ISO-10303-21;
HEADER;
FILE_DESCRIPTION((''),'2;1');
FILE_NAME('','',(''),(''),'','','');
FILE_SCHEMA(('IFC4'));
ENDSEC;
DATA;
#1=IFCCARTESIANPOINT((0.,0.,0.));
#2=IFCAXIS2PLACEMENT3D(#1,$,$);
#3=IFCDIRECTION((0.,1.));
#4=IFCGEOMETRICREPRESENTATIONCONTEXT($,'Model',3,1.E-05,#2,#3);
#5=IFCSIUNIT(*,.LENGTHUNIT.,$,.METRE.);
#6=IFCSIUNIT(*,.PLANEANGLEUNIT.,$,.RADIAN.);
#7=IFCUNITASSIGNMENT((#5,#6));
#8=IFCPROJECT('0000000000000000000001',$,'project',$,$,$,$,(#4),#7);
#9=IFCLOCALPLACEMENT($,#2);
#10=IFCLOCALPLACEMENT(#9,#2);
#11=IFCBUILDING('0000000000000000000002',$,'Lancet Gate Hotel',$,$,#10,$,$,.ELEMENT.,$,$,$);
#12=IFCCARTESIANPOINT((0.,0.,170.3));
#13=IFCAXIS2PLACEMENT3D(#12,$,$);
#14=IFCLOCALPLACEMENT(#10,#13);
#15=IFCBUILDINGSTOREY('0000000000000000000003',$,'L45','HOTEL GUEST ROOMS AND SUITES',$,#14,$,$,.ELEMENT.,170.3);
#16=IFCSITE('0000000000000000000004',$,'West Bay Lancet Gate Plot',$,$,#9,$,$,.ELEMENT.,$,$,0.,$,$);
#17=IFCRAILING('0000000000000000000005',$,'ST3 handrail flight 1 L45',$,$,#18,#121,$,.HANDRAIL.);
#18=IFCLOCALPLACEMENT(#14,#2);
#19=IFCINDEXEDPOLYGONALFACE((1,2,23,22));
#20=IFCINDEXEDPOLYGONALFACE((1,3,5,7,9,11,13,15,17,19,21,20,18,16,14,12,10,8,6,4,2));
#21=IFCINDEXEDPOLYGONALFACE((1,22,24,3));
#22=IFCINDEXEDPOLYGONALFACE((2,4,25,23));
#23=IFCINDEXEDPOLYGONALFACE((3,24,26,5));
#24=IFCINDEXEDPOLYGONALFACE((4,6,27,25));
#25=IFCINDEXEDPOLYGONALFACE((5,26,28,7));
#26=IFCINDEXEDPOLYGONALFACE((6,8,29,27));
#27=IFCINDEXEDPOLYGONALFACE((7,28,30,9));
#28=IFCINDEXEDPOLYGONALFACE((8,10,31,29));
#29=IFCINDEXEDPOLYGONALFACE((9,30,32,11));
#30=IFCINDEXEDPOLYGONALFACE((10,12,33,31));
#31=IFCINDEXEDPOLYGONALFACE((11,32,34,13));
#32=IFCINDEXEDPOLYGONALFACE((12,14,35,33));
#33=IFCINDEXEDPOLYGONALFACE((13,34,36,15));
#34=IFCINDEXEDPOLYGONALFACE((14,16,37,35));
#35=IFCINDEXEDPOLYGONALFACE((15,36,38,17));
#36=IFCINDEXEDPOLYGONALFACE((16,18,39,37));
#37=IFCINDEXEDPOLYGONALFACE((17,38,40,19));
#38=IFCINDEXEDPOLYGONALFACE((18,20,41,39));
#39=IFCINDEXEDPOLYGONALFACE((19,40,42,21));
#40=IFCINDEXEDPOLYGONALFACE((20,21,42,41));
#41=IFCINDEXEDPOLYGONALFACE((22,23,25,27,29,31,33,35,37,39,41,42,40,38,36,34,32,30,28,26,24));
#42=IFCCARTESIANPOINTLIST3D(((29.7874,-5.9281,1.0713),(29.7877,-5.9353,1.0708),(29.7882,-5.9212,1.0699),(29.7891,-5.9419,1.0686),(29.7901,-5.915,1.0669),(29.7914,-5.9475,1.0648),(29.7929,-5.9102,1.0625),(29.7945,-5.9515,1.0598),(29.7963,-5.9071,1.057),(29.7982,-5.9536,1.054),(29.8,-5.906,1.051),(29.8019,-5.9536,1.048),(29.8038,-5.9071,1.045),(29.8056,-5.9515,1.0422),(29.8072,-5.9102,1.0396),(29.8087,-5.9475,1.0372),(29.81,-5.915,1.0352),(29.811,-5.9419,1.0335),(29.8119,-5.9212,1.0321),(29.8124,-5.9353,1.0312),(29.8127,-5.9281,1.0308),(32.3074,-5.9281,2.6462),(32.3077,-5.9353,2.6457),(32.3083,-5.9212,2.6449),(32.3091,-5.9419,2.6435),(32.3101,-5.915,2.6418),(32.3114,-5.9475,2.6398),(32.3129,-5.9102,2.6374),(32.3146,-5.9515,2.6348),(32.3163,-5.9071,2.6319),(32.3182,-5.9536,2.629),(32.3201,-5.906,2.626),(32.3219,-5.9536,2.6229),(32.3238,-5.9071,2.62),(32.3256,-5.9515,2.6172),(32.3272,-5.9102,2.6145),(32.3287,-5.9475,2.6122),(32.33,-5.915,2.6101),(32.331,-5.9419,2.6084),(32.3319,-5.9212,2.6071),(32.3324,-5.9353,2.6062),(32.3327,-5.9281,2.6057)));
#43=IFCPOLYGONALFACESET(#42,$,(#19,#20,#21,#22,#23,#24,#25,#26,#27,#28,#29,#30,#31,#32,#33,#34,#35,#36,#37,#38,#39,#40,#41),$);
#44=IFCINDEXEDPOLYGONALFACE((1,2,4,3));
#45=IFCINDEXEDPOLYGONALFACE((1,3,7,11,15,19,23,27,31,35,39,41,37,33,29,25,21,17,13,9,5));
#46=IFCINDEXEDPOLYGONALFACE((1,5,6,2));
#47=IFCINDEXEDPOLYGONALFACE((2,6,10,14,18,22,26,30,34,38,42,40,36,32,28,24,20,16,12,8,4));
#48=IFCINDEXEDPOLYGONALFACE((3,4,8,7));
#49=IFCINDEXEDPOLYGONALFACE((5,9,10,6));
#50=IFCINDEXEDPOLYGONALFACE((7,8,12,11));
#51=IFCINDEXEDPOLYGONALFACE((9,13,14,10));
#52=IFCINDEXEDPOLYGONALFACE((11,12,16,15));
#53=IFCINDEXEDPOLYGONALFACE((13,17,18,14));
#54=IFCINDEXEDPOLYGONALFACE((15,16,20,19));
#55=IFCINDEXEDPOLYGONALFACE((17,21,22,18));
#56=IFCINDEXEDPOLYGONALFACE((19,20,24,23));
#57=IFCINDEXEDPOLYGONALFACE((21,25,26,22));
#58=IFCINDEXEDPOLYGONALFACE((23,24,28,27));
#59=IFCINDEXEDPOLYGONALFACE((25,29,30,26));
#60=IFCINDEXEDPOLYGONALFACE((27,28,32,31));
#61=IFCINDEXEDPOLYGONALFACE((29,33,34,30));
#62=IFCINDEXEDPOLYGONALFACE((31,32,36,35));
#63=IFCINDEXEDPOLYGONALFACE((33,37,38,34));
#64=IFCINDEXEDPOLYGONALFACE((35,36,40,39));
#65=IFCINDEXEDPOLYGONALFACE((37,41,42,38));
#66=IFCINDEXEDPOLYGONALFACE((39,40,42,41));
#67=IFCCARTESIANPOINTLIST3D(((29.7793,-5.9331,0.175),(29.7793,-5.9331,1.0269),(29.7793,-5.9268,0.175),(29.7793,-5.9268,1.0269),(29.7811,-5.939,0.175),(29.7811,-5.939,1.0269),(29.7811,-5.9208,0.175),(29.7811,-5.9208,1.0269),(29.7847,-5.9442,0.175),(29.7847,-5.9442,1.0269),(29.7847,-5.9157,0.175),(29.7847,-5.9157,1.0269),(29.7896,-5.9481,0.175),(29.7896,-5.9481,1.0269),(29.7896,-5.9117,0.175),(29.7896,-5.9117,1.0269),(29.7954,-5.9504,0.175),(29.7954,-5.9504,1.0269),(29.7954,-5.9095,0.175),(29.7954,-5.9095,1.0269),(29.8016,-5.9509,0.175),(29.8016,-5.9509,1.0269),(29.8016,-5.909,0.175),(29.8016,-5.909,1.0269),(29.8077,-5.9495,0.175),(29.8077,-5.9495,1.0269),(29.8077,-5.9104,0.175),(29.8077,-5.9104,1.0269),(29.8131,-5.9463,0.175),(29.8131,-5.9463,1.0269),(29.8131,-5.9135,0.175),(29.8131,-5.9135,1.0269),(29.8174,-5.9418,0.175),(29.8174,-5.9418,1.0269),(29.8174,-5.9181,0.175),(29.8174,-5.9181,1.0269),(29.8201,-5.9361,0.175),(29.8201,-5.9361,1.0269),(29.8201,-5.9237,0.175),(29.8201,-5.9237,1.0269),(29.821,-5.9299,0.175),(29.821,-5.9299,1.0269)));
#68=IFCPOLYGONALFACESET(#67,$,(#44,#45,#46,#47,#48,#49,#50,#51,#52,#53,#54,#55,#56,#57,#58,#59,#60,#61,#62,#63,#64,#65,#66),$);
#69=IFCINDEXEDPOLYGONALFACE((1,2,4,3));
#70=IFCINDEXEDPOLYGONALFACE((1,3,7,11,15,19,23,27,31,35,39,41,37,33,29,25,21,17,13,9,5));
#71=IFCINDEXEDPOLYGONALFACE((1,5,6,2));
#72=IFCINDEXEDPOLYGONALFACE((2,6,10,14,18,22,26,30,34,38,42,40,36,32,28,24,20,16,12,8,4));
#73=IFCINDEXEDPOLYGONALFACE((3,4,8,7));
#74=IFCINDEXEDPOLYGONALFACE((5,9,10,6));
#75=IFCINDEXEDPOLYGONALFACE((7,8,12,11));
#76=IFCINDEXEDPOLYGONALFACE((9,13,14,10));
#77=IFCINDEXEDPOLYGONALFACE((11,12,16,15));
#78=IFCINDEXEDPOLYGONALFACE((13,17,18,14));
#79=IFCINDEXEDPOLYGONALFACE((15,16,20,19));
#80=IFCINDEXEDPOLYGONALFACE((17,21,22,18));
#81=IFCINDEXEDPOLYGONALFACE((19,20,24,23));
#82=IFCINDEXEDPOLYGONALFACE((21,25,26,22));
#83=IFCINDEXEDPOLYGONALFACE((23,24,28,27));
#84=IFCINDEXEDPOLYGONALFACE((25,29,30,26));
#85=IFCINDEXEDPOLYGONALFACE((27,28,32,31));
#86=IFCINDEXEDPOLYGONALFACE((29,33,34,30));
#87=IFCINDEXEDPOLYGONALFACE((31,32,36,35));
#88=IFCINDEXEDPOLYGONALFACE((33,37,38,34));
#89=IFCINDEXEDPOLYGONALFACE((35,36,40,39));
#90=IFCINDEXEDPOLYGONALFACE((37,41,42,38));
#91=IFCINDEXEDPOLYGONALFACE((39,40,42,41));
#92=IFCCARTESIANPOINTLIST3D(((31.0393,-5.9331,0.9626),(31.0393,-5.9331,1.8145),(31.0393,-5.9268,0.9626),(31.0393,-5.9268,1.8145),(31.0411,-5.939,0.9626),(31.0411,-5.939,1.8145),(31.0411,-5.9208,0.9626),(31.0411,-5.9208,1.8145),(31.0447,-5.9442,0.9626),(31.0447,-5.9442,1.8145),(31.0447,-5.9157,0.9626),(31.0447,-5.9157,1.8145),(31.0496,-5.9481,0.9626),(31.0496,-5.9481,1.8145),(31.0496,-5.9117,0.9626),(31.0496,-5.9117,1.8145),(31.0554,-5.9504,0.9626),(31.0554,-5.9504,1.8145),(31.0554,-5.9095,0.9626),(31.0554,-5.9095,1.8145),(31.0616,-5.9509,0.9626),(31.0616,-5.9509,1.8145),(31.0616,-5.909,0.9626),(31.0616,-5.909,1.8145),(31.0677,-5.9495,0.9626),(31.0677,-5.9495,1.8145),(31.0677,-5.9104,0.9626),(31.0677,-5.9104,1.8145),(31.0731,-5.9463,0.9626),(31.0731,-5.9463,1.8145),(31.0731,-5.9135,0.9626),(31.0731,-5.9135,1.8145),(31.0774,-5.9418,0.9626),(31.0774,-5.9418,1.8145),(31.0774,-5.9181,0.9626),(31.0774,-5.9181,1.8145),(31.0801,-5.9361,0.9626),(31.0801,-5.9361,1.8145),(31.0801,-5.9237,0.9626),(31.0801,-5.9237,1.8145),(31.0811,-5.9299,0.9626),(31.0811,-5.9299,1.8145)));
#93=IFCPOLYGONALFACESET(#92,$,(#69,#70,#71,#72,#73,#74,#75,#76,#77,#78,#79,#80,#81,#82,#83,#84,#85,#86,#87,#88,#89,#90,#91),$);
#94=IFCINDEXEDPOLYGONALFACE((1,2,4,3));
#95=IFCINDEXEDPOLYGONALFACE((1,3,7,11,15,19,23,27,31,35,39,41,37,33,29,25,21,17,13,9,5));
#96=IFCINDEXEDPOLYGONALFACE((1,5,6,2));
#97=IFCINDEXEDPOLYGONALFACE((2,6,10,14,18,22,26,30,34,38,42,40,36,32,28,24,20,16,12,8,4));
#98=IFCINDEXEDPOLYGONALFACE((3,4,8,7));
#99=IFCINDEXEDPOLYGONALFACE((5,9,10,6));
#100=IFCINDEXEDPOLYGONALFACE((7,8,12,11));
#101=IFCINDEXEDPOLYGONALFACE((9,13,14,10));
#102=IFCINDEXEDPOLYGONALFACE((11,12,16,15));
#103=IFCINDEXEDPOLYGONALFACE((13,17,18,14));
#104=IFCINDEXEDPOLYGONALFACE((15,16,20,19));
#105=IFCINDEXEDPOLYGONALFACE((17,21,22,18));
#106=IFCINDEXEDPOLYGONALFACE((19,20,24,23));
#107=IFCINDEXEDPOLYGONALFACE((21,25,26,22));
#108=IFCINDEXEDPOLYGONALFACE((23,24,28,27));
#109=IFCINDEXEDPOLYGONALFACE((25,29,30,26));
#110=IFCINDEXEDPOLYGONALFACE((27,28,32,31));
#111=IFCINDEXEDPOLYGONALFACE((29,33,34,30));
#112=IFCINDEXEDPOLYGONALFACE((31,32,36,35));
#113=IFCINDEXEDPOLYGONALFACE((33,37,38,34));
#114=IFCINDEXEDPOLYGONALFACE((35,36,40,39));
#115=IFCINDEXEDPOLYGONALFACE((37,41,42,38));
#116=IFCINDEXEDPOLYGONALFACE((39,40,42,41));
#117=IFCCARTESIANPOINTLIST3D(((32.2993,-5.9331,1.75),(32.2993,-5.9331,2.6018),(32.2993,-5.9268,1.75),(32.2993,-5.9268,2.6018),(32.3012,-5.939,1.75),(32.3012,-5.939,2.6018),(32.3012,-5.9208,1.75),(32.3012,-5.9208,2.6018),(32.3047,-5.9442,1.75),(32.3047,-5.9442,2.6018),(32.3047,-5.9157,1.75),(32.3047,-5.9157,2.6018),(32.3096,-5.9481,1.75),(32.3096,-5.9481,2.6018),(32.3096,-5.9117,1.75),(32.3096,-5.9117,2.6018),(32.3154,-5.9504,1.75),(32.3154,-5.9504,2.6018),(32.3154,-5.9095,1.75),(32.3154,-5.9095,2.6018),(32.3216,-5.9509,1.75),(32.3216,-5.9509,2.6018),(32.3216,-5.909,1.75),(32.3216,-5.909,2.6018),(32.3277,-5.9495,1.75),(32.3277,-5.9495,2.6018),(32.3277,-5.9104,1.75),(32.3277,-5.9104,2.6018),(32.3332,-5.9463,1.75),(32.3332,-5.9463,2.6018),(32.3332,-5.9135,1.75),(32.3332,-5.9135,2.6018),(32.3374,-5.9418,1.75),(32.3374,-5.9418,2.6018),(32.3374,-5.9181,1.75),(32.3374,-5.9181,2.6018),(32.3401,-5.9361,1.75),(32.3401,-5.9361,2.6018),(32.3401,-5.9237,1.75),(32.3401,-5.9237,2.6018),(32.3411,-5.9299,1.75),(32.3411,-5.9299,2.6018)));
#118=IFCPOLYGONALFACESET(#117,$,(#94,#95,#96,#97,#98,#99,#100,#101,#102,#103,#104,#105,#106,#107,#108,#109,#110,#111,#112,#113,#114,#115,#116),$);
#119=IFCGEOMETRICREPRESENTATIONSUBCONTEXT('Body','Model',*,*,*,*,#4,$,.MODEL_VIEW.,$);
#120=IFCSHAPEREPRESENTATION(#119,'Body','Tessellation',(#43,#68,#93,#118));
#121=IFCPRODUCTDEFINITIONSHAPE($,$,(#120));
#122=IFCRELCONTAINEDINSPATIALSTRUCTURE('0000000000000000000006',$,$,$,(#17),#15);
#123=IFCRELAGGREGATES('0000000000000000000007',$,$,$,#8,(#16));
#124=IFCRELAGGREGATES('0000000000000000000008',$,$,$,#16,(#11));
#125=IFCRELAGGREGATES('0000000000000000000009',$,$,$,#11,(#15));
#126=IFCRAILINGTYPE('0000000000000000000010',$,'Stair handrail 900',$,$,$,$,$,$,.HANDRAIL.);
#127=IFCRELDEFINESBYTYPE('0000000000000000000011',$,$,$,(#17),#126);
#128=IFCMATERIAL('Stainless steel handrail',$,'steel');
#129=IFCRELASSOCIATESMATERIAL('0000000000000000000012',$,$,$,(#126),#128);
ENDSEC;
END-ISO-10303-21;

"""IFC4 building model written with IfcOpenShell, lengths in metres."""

from ifc_helpers import new_model, si_unit, direction, frame, origin, origin_2d, place, context, subcontext, project, spatial, circle, extrude, material, type_object, element, save


model = new_model("IFC4")

# Units and contexts
model_context = context("Model", 3, precision=1e-05, world=origin(), true_north=direction((0.0, 1.0)))
body_context = subcontext(model_context, "Body", "Model", "MODEL_VIEW")
ifc_project = project(units=[si_unit("LENGTHUNIT", "METRE"), si_unit("PLANEANGLEUNIT", "RADIAN")], contexts=[model_context])

# Site, building, storey
site_placement = place(None, origin())
site = spatial("IfcSite", under=ifc_project, at=site_placement, Name="West Bay Lancet Gate Plot", CompositionType="ELEMENT", RefElevation=0.0)
building_placement = place(site_placement, origin())
building = spatial("IfcBuilding", under=site, at=building_placement, Name="Lancet Gate Hotel", CompositionType="ELEMENT")
storey_placement = place(building_placement, frame((0.0, 0.0, 170.3)))
storey = spatial("IfcBuildingStorey", under=building, at=storey_placement, Name="L45", Description="HOTEL GUEST ROOMS AND SUITES", CompositionType="ELEMENT", Elevation=170.3)

# Railing
ifc_material_1 = material(Name="Stainless steel handrail", Category="steel")
railing_type = type_object("IfcRailingType", Name="Stair handrail 900", PredefinedType="HANDRAIL", material=ifc_material_1)
railing_placement = place(storey_placement, frame((29.8, -5.9299, 0.175)))
element("IfcRailing", 1, at=railing_placement, inside=storey, type_object=railing_type, Name="ST3 handrail flight 1 L45", PredefinedType="HANDRAIL", context=body_context, shape_type="SweptSolid", body=[
    extrude(circle(Radius=0.0239, at=origin_2d()), frame((0.0, 0.0, 0.876), z_axis=(0.848008, 0.0, 0.529984), x_axis=(0.0, 1.0, 0.0)), (0.0, 0.0, 1.0), 2.9717),
    extrude(circle(Radius=0.021, at=origin_2d()), origin(), (0.0, 0.0, 1.0), 0.8518),
    extrude(circle(Radius=0.021, at=origin_2d()), frame((1.26, 0.0, 0.7876)), (0.0, 0.0, 1.0), 0.8518),
    extrude(circle(Radius=0.021, at=origin_2d()), frame((2.52, 0.0, 1.575)), (0.0, 0.0, 1.0), 0.8518),
])

save(model, "model.ifc")
